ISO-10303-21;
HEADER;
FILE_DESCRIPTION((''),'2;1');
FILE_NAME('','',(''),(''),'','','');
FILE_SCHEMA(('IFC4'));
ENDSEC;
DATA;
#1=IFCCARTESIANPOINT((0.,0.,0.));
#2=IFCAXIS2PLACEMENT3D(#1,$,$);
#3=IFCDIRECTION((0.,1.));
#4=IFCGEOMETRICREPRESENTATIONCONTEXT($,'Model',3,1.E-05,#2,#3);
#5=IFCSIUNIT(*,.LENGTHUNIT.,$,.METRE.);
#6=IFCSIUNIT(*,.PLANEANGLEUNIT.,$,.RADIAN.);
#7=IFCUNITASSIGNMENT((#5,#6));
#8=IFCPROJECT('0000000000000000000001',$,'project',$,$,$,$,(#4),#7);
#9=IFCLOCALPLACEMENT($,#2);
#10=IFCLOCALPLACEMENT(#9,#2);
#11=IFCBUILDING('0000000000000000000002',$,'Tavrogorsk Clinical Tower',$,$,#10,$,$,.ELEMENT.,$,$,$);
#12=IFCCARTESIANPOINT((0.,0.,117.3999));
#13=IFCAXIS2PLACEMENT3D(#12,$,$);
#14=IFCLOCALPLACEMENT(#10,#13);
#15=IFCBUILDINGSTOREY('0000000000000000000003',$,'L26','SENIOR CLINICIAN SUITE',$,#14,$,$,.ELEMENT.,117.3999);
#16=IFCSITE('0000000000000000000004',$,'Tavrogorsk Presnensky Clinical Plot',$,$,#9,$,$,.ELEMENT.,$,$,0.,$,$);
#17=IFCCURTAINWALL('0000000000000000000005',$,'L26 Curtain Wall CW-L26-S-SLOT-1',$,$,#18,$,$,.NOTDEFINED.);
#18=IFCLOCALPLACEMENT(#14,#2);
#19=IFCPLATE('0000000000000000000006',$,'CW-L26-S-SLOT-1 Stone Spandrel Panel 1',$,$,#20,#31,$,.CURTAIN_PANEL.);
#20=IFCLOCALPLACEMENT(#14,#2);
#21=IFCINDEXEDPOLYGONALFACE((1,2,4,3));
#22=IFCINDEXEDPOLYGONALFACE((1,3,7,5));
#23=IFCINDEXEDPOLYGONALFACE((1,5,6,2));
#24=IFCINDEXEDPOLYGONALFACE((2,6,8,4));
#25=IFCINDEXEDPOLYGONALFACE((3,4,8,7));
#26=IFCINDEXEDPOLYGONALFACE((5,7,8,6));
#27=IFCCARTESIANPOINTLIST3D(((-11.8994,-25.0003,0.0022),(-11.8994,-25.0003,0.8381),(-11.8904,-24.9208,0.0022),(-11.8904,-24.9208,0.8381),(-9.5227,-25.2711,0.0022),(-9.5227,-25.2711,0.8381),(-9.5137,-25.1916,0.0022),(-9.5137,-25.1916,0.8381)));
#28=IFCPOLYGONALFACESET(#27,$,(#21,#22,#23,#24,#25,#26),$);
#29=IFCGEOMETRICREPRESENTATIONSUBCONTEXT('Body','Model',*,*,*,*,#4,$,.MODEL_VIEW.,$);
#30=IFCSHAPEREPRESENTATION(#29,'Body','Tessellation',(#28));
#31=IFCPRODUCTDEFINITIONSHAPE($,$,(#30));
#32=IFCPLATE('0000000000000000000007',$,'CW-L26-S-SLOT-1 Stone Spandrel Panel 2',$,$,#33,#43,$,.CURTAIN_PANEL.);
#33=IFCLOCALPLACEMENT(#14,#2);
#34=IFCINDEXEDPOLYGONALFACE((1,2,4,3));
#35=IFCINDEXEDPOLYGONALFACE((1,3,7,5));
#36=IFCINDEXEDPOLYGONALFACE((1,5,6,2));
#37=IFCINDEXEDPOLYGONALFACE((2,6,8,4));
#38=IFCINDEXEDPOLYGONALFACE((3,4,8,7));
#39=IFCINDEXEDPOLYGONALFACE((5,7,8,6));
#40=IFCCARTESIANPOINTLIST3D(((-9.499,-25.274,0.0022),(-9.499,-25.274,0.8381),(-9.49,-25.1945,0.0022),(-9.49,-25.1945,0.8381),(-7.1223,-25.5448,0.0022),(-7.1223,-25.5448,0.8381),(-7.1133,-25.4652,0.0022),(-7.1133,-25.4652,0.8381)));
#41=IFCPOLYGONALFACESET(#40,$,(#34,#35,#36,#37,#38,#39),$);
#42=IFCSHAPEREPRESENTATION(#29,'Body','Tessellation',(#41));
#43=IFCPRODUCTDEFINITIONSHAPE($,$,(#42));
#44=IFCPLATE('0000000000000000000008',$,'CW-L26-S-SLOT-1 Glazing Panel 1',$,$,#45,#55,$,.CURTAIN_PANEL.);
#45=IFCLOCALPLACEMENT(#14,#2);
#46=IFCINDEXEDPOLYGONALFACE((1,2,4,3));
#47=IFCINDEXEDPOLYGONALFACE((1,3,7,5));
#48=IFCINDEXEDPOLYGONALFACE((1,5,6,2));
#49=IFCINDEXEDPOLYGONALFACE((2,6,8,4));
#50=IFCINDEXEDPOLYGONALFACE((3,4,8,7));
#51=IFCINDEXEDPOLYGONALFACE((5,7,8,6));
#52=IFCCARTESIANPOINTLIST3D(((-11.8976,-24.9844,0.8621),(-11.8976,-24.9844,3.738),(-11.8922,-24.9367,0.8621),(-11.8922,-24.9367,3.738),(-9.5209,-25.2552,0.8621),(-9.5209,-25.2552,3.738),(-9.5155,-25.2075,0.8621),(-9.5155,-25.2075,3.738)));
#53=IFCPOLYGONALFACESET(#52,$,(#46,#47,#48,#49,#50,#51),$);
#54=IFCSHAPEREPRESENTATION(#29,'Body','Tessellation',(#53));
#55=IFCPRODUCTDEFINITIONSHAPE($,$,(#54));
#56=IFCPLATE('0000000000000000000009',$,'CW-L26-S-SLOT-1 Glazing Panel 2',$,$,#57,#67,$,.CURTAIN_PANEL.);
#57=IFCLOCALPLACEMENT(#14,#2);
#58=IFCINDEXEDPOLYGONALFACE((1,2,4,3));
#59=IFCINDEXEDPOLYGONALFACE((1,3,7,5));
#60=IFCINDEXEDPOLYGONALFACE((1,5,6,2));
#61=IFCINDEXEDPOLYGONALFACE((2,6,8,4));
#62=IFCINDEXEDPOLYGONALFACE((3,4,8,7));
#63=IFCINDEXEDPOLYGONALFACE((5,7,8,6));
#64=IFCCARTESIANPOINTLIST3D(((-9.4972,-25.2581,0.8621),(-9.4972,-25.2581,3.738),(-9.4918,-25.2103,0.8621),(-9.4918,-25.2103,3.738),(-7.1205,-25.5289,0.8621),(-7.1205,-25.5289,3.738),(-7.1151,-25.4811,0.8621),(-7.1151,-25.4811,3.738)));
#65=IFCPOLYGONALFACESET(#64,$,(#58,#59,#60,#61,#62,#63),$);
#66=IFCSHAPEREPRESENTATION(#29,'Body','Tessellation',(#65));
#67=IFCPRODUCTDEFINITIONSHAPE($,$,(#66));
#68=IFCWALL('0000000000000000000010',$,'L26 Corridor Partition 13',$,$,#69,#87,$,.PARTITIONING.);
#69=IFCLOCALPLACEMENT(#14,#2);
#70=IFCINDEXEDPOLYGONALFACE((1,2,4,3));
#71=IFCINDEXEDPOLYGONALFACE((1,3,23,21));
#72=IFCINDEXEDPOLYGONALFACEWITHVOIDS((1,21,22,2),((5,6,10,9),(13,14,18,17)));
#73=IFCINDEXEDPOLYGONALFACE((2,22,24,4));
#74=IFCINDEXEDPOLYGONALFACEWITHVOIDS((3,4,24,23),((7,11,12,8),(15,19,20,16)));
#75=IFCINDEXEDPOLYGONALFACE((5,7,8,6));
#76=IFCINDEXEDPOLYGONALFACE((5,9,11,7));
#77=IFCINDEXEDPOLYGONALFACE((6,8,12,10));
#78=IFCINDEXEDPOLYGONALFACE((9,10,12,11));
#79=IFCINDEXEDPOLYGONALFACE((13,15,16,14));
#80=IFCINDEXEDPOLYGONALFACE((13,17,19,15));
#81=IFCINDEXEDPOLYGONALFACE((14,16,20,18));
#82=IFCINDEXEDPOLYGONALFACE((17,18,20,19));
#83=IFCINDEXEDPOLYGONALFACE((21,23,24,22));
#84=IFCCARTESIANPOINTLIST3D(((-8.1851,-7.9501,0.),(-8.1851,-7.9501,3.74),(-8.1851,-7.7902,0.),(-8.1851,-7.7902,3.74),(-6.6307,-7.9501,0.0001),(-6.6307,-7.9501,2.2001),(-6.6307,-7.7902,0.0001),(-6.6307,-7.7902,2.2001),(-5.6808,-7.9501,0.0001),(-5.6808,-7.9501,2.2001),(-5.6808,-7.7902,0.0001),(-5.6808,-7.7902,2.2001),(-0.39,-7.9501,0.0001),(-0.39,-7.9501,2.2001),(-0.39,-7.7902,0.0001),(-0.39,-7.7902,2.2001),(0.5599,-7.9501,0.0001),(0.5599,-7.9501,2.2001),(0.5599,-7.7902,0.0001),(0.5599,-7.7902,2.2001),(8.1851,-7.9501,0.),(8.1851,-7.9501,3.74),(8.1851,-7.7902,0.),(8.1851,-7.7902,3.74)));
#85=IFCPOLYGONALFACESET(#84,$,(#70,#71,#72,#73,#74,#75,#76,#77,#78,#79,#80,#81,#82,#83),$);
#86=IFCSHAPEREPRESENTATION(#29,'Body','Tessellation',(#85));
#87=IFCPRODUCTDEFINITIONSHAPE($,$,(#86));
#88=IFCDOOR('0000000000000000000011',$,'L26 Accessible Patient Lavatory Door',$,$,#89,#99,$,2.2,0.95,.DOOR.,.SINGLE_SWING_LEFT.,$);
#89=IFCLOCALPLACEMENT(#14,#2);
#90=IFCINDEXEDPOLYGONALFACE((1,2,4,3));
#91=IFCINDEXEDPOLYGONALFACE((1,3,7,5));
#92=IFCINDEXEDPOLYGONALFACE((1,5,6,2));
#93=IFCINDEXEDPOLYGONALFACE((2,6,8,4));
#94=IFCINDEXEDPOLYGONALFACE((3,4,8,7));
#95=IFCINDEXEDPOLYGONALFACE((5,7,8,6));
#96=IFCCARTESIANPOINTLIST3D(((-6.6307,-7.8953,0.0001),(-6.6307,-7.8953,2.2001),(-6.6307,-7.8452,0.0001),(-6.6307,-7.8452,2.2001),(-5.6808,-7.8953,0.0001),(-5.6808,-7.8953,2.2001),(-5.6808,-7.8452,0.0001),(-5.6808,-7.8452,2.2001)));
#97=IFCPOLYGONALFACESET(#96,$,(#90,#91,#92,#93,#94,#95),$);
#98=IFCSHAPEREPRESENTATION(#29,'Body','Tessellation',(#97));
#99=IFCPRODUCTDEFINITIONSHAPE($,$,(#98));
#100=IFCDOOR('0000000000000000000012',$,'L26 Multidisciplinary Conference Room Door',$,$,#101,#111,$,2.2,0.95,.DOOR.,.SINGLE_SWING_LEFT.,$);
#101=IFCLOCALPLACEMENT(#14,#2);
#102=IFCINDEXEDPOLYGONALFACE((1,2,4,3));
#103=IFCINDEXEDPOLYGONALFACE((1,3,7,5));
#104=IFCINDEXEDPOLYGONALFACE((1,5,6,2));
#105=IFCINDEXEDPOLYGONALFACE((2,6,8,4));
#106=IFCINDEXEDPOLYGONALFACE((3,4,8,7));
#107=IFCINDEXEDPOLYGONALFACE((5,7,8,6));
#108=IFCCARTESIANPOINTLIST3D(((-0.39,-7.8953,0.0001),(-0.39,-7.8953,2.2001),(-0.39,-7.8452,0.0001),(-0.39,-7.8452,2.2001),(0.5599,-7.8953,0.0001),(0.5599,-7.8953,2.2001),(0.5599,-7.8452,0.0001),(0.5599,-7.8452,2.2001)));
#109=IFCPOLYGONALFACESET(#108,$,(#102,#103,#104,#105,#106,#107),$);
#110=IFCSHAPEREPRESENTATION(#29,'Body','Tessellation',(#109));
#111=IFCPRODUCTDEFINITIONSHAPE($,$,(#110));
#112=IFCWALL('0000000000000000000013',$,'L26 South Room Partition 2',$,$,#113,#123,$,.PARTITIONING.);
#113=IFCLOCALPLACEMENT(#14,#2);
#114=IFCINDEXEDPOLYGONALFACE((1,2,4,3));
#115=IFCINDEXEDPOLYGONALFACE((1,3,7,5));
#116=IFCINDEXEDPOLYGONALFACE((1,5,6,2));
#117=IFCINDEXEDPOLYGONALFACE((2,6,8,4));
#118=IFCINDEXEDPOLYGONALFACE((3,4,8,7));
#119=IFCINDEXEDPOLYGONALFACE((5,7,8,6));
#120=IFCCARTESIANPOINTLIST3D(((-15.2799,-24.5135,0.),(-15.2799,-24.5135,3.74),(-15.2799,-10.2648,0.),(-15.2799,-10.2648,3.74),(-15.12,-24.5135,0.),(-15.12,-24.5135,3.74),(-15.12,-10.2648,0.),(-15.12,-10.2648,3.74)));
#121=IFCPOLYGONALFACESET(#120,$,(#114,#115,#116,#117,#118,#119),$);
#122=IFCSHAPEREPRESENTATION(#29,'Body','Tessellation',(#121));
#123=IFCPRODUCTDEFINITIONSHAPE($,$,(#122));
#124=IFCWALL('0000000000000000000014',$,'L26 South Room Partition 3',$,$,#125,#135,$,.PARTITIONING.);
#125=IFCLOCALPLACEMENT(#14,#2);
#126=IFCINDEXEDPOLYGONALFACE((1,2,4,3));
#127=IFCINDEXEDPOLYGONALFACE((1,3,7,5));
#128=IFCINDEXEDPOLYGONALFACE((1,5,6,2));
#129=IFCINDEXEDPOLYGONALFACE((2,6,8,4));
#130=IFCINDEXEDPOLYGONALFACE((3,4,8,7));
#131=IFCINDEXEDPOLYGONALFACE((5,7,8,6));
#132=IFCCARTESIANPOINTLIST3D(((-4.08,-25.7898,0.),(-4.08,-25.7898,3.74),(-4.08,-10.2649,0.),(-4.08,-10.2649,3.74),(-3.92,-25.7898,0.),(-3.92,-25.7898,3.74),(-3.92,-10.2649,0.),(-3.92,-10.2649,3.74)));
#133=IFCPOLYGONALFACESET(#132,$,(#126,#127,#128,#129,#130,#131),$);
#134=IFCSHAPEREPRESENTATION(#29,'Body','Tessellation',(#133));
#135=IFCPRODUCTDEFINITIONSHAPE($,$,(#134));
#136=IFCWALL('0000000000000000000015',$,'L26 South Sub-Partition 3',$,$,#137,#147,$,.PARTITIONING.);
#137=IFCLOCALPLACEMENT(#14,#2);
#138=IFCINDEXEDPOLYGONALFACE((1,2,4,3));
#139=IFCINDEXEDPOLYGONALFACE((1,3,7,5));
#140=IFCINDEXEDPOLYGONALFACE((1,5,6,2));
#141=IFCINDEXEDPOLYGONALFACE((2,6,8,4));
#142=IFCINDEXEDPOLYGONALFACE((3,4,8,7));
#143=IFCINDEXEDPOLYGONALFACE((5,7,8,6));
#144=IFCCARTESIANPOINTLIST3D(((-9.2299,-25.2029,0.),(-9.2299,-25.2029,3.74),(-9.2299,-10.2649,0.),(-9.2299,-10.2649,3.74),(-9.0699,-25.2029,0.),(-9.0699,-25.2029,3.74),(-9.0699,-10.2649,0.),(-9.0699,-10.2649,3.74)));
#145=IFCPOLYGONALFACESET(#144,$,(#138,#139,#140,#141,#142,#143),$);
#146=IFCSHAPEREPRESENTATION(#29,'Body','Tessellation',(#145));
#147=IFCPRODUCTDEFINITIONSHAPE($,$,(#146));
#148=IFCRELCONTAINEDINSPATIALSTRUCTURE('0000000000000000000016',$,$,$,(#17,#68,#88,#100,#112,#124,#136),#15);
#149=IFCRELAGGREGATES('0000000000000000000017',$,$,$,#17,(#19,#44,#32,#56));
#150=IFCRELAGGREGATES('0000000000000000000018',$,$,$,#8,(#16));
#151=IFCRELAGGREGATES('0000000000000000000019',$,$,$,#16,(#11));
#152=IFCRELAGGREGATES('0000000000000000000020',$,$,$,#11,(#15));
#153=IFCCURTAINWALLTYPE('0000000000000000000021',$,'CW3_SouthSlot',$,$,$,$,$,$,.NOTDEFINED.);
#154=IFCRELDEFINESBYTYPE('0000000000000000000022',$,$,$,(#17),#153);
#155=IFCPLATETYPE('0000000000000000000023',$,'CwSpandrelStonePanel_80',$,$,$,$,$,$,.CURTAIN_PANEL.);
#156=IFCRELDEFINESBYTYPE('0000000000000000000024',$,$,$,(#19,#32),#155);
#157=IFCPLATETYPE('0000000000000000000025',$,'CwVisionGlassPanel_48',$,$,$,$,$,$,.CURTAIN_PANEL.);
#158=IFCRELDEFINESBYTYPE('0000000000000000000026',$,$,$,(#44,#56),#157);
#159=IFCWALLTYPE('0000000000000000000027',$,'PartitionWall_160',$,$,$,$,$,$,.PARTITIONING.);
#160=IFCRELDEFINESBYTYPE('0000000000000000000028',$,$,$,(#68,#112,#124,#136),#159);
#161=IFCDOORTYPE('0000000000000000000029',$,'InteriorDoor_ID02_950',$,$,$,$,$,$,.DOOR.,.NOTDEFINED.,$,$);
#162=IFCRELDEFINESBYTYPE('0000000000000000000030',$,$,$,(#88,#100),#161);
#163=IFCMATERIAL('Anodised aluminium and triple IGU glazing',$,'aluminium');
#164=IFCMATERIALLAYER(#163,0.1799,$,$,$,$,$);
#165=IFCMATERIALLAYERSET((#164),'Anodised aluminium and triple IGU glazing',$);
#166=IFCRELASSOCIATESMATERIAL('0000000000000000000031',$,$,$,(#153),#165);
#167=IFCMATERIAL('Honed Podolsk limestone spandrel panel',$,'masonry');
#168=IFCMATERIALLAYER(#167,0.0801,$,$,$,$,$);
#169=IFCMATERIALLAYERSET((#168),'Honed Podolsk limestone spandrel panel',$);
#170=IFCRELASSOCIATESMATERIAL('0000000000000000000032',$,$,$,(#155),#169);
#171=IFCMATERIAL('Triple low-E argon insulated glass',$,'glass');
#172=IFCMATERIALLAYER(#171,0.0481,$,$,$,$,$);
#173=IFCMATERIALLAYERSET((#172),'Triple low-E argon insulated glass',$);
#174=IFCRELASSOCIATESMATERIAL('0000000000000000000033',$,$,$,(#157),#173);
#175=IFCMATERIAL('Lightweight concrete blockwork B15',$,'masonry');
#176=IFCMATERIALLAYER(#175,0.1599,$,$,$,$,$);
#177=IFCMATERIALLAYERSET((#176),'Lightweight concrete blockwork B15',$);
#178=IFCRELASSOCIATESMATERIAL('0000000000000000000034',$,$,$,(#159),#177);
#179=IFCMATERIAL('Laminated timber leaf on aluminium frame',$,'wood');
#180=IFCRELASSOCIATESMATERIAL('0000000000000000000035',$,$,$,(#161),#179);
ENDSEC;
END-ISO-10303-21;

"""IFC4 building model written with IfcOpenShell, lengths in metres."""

from ifc_helpers import new_model, si_unit, direction, frame, frame_2d, origin, origin_2d, place, context, subcontext, project, spatial, rectangle, extrude, material, layer, layer_set, type_object, element, fill, aggregate, save


model = new_model("IFC4")

# Units and contexts
model_context = context("Model", 3, precision=1e-05, world=origin(), true_north=direction((0.0, 1.0)))
body_context = subcontext(model_context, "Body", "Model", "MODEL_VIEW")
ifc_project = project(units=[si_unit("LENGTHUNIT", "METRE"), si_unit("PLANEANGLEUNIT", "RADIAN")], contexts=[model_context])

# Site, building, storey
site_placement = place(None, origin())
site = spatial("IfcSite", under=ifc_project, at=site_placement, Name="Tavrogorsk Presnensky Clinical Plot", CompositionType="ELEMENT", RefElevation=0.0)
building_placement = place(site_placement, origin())
building = spatial("IfcBuilding", under=site, at=building_placement, Name="Tavrogorsk Clinical Tower", CompositionType="ELEMENT")
storey_placement = place(building_placement, frame((0.0, 0.0, 117.3999)))
storey = spatial("IfcBuildingStorey", under=building, at=storey_placement, Name="L26", Description="SENIOR CLINICIAN SUITE", CompositionType="ELEMENT", Elevation=117.3999)

# Curtain wall
ifc_material_1 = material(Name="Anodised aluminium and triple IGU glazing", Category="aluminium")
ifc_layer_1 = layer(ifc_material_1, 0.1799)
ifc_layer_set_1 = layer_set([ifc_layer_1], Name="Anodised aluminium and triple IGU glazing")
curtain_wall_type = type_object("IfcCurtainWallType", Name="CW3_SouthSlot", PredefinedType="NOTDEFINED", material=ifc_layer_set_1)
curtain_wall_placement = place(storey_placement, origin())
curtain_wall = element("IfcCurtainWall", 1, at=curtain_wall_placement, inside=storey, type_object=curtain_wall_type, Name="L26 Curtain Wall CW-L26-S-SLOT-1", PredefinedType="NOTDEFINED")

# Plates
ifc_material_2 = material(Name="Honed Podolsk limestone spandrel panel", Category="masonry")
ifc_layer_2 = layer(ifc_material_2, 0.0801)
ifc_layer_set_2 = layer_set([ifc_layer_2], Name="Honed Podolsk limestone spandrel panel")
plate_type_1 = type_object("IfcPlateType", Name="CwSpandrelStonePanel_80", PredefinedType="CURTAIN_PANEL", material=ifc_layer_set_2)
plate_1_placement = place(storey_placement, frame((-10.7065, -25.0959, 0.0022), z_axis=(0.0, 0.0, 1.0), x_axis=(0.993572, -0.113203, 0.0)))
plate_1 = element("IfcPlate", 2, at=plate_1_placement, type_object=plate_type_1, Name="CW-L26-S-SLOT-1 Stone Spandrel Panel 1", PredefinedType="CURTAIN_PANEL", context=body_context, shape_type="SweptSolid", body=[
    extrude(rectangle(XDim=2.3921, YDim=0.0801, at=origin_2d()), origin(), (0.0, 0.0, 1.0), 0.8359),
])
plate_2_placement = place(storey_placement, frame((-8.3062, -25.3696, 0.0022), z_axis=(0.0, 0.0, 1.0), x_axis=(0.993572, -0.113203, 0.0)))
plate_2 = element("IfcPlate", 3, at=plate_2_placement, type_object=plate_type_1, Name="CW-L26-S-SLOT-1 Stone Spandrel Panel 2", PredefinedType="CURTAIN_PANEL", context=body_context, shape_type="SweptSolid", body=[
    extrude(rectangle(XDim=2.3921, YDim=0.0801, at=origin_2d()), origin(), (0.0, 0.0, 1.0), 0.8359),
])
ifc_material_3 = material(Name="Triple low-E argon insulated glass", Category="glass")
ifc_layer_3 = layer(ifc_material_3, 0.0481)
ifc_layer_set_3 = layer_set([ifc_layer_3], Name="Triple low-E argon insulated glass")
plate_type_2 = type_object("IfcPlateType", Name="CwVisionGlassPanel_48", PredefinedType="CURTAIN_PANEL", material=ifc_layer_set_3)
plate_3_placement = place(storey_placement, frame((-10.7065, -25.0959, 0.8621), z_axis=(0.0, 0.0, 1.0), x_axis=(0.993572, -0.113203, 0.0)))
plate_3 = element("IfcPlate", 4, at=plate_3_placement, type_object=plate_type_2, Name="CW-L26-S-SLOT-1 Glazing Panel 1", PredefinedType="CURTAIN_PANEL", context=body_context, shape_type="SweptSolid", body=[
    extrude(rectangle(XDim=2.3921, YDim=0.0481, at=origin_2d()), origin(), (0.0, 0.0, 1.0), 2.876),
])
plate_4_placement = place(storey_placement, frame((-8.3062, -25.3696, 0.8621), z_axis=(0.0, 0.0, 1.0), x_axis=(0.993572, -0.113203, 0.0)))
plate_4 = element("IfcPlate", 5, at=plate_4_placement, type_object=plate_type_2, Name="CW-L26-S-SLOT-1 Glazing Panel 2", PredefinedType="CURTAIN_PANEL", context=body_context, shape_type="SweptSolid", body=[
    extrude(rectangle(XDim=2.3921, YDim=0.0481, at=origin_2d()), origin(), (0.0, 0.0, 1.0), 2.876),
])
aggregate(curtain_wall, [plate_1, plate_3, plate_2, plate_4])

# Wall, openings, doors
ifc_material_4 = material(Name="Lightweight concrete blockwork B15", Category="masonry")
ifc_layer_4 = layer(ifc_material_4, 0.1599)
ifc_layer_set_4 = layer_set([ifc_layer_4], Name="Lightweight concrete blockwork B15")
wall_type_1 = type_object("IfcWallType", Name="PartitionWall_160", PredefinedType="PARTITIONING", material=ifc_layer_set_4)
wall_1_placement = place(storey_placement, frame((-8.1851, -7.8701, 0.0), z_axis=(0.0, 0.0, 1.0), x_axis=(1.0, 0.0, 0.0)))
wall_1 = element("IfcWall", 6, at=wall_1_placement, inside=storey, type_object=wall_type_1, Name="L26 Corridor Partition 13", PredefinedType="PARTITIONING", context=body_context, shape_type="SweptSolid", body=[
    extrude(rectangle(XDim=16.3701, YDim=0.1599, at=frame_2d((8.1851, 0.0))), origin(), (0.0, 0.0, 1.0), 3.74),
])
opening_1_placement = place(wall_1_placement, frame((1.5542, 0.0, 0.0)))
opening_1 = element("IfcOpeningElement", 7, at=opening_1_placement, cuts=wall_1, PredefinedType="OPENING", context=body_context, shape_type="SweptSolid", body=[
    extrude(rectangle(XDim=0.95, YDim=2.2, at=frame_2d((0.4751, 1.1001))), frame((0.0, 0.0898, 0.0), z_axis=(0.0, -1.0, 0.0), x_axis=(1.0, 0.0, 0.0)), (0.0, 0.0, 1.0), 0.1799),
])
opening_2_placement = place(wall_1_placement, frame((7.7949, 0.0, 0.0)))
opening_2 = element("IfcOpeningElement", 8, at=opening_2_placement, cuts=wall_1, PredefinedType="OPENING", context=body_context, shape_type="SweptSolid", body=[
    extrude(rectangle(XDim=0.95, YDim=2.2, at=frame_2d((0.4751, 1.1001))), frame((0.0, 0.0898, 0.0), z_axis=(0.0, -1.0, 0.0), x_axis=(1.0, 0.0, 0.0)), (0.0, 0.0, 1.0), 0.1799),
])
ifc_material_5 = material(Name="Laminated timber leaf on aluminium frame", Category="wood")
door_type = type_object("IfcDoorType", Name="InteriorDoor_ID02_950", OperationType="NOTDEFINED", PredefinedType="DOOR", material=ifc_material_5)
door_1_placement = place(opening_1_placement, origin())
door_1 = element("IfcDoor", 9, at=door_1_placement, inside=storey, type_object=door_type, Name="L26 Accessible Patient Lavatory Door", OperationType="SINGLE_SWING_LEFT", OverallHeight=2.2, OverallWidth=0.95, PredefinedType="DOOR", context=body_context, shape_type="SweptSolid", body=[
    extrude(rectangle(XDim=0.95, YDim=2.2, at=frame_2d((0.4751, 1.1001))), frame((0.0, 0.0249, 0.0), z_axis=(0.0, -1.0, 0.0), x_axis=(1.0, 0.0, 0.0)), (0.0, 0.0, 1.0), 0.05),
])
fill(opening_1, door_1)
door_2_placement = place(opening_2_placement, origin())
door_2 = element("IfcDoor", 10, at=door_2_placement, inside=storey, type_object=door_type, Name="L26 Multidisciplinary Conference Room Door", OperationType="SINGLE_SWING_LEFT", OverallHeight=2.2, OverallWidth=0.95, PredefinedType="DOOR", context=body_context, shape_type="SweptSolid", body=[
    extrude(rectangle(XDim=0.95, YDim=2.2, at=frame_2d((0.4751, 1.1001))), frame((0.0, 0.0249, 0.0), z_axis=(0.0, -1.0, 0.0), x_axis=(1.0, 0.0, 0.0)), (0.0, 0.0, 1.0), 0.05),
])
fill(opening_2, door_2)

# Walls
wall_2_placement = place(storey_placement, frame((-15.2, -24.5137, 0.0), z_axis=(0.0, 0.0, 1.0), x_axis=(0.0, 1.0, 0.0)))
element("IfcWall", 11, at=wall_2_placement, inside=storey, type_object=wall_type_1, Name="L26 South Room Partition 2", PredefinedType="PARTITIONING", context=body_context, shape_type="SweptSolid", body=[
    extrude(rectangle(XDim=14.2488, YDim=0.1599, at=frame_2d((7.1245, 0.0))), origin(), (0.0, 0.0, 1.0), 3.74),
])
wall_3_placement = place(storey_placement, frame((-4.0, -25.7898, 0.0), z_axis=(0.0, 0.0, 1.0), x_axis=(0.0, 1.0, 0.0)))
element("IfcWall", 12, at=wall_3_placement, inside=storey, type_object=wall_type_1, Name="L26 South Room Partition 3", PredefinedType="PARTITIONING", context=body_context, shape_type="SweptSolid", body=[
    extrude(rectangle(XDim=15.5249, YDim=0.1599, at=frame_2d((7.7625, 0.0))), origin(), (0.0, 0.0, 1.0), 3.74),
])
wall_4_placement = place(storey_placement, frame((-9.1499, -25.2029, 0.0), z_axis=(0.0, 0.0, 1.0), x_axis=(0.0, 1.0, 0.0)))
element("IfcWall", 13, at=wall_4_placement, inside=storey, type_object=wall_type_1, Name="L26 South Sub-Partition 3", PredefinedType="PARTITIONING", context=body_context, shape_type="SweptSolid", body=[
    extrude(rectangle(XDim=14.938, YDim=0.1599, at=frame_2d((7.469, 0.0))), origin(), (0.0, 0.0, 1.0), 3.74),
])

save(model, "model.ifc")
